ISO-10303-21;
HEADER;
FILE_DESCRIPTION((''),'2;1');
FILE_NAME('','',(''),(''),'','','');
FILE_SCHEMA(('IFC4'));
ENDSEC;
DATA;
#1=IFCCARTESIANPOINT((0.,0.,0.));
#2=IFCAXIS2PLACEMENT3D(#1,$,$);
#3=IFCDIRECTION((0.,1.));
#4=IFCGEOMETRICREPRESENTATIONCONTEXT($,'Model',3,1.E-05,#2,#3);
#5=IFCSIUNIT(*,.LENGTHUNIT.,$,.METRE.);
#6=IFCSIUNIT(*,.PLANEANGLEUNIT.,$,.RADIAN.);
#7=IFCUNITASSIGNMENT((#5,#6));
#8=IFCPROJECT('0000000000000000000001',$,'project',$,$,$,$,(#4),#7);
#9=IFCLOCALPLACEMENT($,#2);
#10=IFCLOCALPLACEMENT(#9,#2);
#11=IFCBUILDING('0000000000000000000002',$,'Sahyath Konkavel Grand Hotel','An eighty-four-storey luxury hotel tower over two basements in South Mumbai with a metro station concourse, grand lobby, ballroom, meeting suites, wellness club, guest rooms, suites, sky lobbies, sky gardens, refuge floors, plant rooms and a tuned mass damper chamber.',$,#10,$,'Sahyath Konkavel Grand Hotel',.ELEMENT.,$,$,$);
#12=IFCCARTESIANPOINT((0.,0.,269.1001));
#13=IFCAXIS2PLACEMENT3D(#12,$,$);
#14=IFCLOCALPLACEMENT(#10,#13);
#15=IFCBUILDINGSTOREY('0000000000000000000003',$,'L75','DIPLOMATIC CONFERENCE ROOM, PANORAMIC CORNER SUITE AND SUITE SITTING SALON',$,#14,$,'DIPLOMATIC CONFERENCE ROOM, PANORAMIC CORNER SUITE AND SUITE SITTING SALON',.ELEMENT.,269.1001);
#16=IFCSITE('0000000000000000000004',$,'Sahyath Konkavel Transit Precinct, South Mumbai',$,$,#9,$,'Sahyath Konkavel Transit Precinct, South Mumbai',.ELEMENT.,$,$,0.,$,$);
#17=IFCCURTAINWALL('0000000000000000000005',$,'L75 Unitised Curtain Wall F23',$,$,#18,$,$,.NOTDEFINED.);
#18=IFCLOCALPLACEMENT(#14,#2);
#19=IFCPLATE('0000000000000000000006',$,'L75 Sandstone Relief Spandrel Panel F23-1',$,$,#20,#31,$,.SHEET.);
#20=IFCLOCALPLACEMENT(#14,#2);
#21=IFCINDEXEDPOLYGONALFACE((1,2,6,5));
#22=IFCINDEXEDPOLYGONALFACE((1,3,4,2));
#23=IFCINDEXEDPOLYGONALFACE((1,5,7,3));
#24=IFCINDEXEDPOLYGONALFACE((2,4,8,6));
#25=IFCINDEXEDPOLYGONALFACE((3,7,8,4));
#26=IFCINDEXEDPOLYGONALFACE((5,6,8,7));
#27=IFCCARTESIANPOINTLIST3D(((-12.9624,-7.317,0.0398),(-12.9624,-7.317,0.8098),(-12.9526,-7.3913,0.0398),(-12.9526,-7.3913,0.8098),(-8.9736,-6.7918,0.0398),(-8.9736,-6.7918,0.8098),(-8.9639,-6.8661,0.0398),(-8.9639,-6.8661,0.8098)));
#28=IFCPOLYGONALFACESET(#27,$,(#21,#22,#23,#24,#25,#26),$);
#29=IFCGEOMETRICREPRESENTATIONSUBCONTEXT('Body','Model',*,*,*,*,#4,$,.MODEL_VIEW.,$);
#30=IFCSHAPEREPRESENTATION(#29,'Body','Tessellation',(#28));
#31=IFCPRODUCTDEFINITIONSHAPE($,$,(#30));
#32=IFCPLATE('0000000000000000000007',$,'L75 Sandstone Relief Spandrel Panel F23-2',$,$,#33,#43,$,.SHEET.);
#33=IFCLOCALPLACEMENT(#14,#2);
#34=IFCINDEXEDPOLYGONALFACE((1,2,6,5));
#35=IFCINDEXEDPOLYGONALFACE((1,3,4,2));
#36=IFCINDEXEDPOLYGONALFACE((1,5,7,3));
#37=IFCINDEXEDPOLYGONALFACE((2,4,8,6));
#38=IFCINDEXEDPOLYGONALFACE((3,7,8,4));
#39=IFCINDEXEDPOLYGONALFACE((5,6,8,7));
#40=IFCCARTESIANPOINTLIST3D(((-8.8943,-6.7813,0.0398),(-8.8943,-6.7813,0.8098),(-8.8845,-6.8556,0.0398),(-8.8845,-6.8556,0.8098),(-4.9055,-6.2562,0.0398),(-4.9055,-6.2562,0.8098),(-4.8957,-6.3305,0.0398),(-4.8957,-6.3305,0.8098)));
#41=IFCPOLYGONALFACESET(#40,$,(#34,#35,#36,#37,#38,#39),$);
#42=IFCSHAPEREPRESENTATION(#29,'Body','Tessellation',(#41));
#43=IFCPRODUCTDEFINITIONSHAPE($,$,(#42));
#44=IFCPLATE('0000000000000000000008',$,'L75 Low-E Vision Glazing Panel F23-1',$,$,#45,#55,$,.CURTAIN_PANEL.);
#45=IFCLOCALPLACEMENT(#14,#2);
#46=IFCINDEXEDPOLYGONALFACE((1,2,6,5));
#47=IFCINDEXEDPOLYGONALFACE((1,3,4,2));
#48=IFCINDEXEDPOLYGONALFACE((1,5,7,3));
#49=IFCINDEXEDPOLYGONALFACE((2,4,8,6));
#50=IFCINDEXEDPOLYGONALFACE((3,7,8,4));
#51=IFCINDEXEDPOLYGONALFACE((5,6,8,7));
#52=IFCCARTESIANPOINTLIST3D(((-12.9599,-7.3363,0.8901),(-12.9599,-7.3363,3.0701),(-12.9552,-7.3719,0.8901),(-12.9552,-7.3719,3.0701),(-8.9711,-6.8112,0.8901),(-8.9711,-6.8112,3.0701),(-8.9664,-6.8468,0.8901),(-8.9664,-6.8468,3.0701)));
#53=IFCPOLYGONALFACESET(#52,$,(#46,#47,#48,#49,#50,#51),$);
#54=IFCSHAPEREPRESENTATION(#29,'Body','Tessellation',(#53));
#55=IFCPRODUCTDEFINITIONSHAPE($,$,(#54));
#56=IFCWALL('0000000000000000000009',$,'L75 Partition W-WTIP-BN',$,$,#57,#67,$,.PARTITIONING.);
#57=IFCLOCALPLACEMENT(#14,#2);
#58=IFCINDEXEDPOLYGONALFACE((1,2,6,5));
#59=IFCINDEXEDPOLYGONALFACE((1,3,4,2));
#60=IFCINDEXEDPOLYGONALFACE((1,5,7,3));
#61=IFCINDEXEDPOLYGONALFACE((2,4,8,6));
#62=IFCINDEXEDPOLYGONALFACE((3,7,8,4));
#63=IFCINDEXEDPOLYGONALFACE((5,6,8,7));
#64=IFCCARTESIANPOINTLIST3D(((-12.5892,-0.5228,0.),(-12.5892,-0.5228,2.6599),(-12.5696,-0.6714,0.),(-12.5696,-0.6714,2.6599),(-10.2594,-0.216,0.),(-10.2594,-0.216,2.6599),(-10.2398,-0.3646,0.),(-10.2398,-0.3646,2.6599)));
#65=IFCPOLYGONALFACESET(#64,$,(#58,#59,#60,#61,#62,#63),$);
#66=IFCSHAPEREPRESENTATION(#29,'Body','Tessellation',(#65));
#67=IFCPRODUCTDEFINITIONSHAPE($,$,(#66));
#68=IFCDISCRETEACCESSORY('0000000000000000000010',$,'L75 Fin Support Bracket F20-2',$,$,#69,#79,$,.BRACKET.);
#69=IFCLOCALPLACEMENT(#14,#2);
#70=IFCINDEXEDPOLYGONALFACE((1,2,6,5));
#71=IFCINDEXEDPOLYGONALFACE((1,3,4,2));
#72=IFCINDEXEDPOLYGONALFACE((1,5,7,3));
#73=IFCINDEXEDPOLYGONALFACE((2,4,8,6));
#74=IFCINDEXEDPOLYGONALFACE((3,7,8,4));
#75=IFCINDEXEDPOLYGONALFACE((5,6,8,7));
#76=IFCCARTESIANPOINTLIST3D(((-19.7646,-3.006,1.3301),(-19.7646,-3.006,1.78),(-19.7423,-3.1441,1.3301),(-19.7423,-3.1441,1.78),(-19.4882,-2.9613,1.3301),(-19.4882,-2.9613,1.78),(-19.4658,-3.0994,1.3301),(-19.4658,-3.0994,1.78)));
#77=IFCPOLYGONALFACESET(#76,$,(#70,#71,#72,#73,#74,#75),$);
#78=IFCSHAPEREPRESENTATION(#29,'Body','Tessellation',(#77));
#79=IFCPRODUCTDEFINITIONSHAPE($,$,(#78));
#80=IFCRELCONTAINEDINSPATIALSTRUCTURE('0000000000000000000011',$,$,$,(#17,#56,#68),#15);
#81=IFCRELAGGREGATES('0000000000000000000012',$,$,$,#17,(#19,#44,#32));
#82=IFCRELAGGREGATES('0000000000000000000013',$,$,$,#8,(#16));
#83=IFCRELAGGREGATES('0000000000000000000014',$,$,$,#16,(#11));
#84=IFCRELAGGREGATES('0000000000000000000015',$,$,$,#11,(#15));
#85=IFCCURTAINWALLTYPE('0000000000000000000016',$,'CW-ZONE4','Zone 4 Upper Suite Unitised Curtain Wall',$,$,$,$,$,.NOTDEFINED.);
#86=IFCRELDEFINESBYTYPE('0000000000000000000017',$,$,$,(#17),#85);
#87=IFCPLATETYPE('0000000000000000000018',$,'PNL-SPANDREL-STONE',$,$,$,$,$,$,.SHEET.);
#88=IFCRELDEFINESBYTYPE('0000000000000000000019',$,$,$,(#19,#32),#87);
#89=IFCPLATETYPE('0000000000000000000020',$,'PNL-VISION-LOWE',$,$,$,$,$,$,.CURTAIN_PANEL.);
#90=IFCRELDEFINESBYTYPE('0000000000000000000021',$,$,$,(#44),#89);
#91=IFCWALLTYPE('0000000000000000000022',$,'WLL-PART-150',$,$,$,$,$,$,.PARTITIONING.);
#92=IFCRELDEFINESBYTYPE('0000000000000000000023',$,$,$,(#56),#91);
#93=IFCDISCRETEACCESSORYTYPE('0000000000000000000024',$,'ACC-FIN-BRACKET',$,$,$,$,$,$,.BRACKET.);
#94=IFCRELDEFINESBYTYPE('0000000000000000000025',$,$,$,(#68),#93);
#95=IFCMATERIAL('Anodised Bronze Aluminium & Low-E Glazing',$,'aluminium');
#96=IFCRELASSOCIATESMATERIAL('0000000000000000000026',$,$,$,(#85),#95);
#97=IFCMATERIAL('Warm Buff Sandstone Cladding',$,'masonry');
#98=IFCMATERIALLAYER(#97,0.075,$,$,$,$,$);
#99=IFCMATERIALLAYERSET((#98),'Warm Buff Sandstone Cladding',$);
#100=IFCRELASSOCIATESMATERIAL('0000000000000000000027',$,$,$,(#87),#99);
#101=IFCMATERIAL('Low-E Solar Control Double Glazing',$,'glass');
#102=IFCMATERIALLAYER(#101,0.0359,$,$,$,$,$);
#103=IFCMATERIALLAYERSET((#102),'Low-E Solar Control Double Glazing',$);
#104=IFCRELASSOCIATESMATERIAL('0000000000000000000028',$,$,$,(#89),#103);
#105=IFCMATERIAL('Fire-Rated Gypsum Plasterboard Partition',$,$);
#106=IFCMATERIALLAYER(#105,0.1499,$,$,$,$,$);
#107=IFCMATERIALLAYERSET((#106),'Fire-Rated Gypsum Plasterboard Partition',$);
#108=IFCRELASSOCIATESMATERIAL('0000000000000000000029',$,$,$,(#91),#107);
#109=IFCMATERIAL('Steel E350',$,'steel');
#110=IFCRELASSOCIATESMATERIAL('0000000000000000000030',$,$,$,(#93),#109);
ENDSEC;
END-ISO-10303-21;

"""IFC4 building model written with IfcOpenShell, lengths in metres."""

from ifc_helpers import new_model, si_unit, direction, frame, frame_2d, origin, origin_2d, place, context, subcontext, project, spatial, rectangle, extrude, source, transform, mapped, material, layer, layer_set, type_object, element, aggregate, save


model = new_model("IFC4")

# Units and contexts
model_context = context("Model", 3, precision=1e-05, world=origin(), true_north=direction((0.0, 1.0)))
body_context = subcontext(model_context, "Body", "Model", "MODEL_VIEW")
ifc_project = project(units=[si_unit("LENGTHUNIT", "METRE"), si_unit("PLANEANGLEUNIT", "RADIAN")], contexts=[model_context])

# Site, building, storey
site_placement = place(None, origin())
site = spatial("IfcSite", under=ifc_project, at=site_placement, Name="Sahyath Konkavel Transit Precinct, South Mumbai", LongName="Sahyath Konkavel Transit Precinct, South Mumbai", CompositionType="ELEMENT", RefElevation=0.0)
building_placement = place(site_placement, origin())
building = spatial("IfcBuilding", under=site, at=building_placement, Name="Sahyath Konkavel Grand Hotel", Description="An eighty-four-storey luxury hotel tower over two basements in South Mumbai with a metro station concourse, grand lobby, ballroom, meeting suites, wellness club, guest rooms, suites, sky lobbies, sky gardens, refuge floors, plant rooms and a tuned mass damper chamber.", LongName="Sahyath Konkavel Grand Hotel", CompositionType="ELEMENT")
storey_placement = place(building_placement, frame((0.0, 0.0, 269.1001)))
storey = spatial("IfcBuildingStorey", under=building, at=storey_placement, Name="L75", Description="DIPLOMATIC CONFERENCE ROOM, PANORAMIC CORNER SUITE AND SUITE SITTING SALON", LongName="DIPLOMATIC CONFERENCE ROOM, PANORAMIC CORNER SUITE AND SUITE SITTING SALON", CompositionType="ELEMENT", Elevation=269.1001)

# Shared definitions
ifc_material_1 = material(Name="Steel E350", Category="steel")

# Shared definitions
ifc_material_2 = material(Name="Anodised Bronze Aluminium & Low-E Glazing", Category="aluminium")
curtain_wall_type = type_object("IfcCurtainWallType", Name="CW-ZONE4", Description="Zone 4 Upper Suite Unitised Curtain Wall", PredefinedType="NOTDEFINED", material=ifc_material_2)

# Curtain wall
curtain_wall_1_placement = place(storey_placement, origin())
curtain_wall_1 = element("IfcCurtainWall", 1, at=curtain_wall_1_placement, inside=storey, type_object=curtain_wall_type, Name="L75 Unitised Curtain Wall F23", PredefinedType="NOTDEFINED")

# Plates
ifc_material_3 = material(Name="Warm Buff Sandstone Cladding", Category="masonry")
ifc_layer_1 = layer(ifc_material_3, 0.075)
ifc_layer_set_1 = layer_set([ifc_layer_1], Name="Warm Buff Sandstone Cladding")
plate_type_1 = type_object("IfcPlateType", Name="PNL-SPANDREL-STONE", PredefinedType="SHEET", material=ifc_layer_set_1)
ifc_material_4 = material(Name="Low-E Solar Control Double Glazing", Category="glass")
ifc_layer_2 = layer(ifc_material_4, 0.0359)
ifc_layer_set_2 = layer_set([ifc_layer_2], Name="Low-E Solar Control Double Glazing")
plate_type_2 = type_object("IfcPlateType", Name="PNL-VISION-LOWE", PredefinedType="CURTAIN_PANEL", material=ifc_layer_set_2)
shared_shape_1 = source(origin(), body_context, "Body", "SweptSolid", [
    extrude(rectangle(XDim=4.0232, YDim=0.075, at=origin_2d()), origin(), (0.0, 0.0, 1.0), 0.77),
])
plate_1_placement = place(storey_placement, frame((-10.9631, -7.0916, 0.0398), z_axis=(0.0, 0.0, 1.0), x_axis=(0.991445, 0.130526, 0.0)))
plate_1 = element("IfcPlate", 2, at=plate_1_placement, type_object=plate_type_1, Name="L75 Sandstone Relief Spandrel Panel F23-1", PredefinedType="SHEET", context=body_context, shape_type="MappedRepresentation", body=[
    mapped(shared_shape_1, transform((0.0, 0.0, 0.0), scale=1.0)),
])
plate_2_placement = place(storey_placement, frame((-6.895, -6.5559, 0.0398), z_axis=(0.0, 0.0, 1.0), x_axis=(0.991445, 0.130526, 0.0)))
plate_2 = element("IfcPlate", 3, at=plate_2_placement, type_object=plate_type_1, Name="L75 Sandstone Relief Spandrel Panel F23-2", PredefinedType="SHEET", context=body_context, shape_type="MappedRepresentation", body=[
    mapped(shared_shape_1, transform((0.0, 0.0, 0.0), scale=1.0)),
])
shared_shape_2 = source(origin(), body_context, "Body", "SweptSolid", [
    extrude(rectangle(XDim=4.0232, YDim=0.0359, at=origin_2d()), origin(), (0.0, 0.0, 1.0), 2.1799),
])
plate_3_placement = place(storey_placement, frame((-10.9631, -7.0916, 0.8901), z_axis=(0.0, 0.0, 1.0), x_axis=(0.991445, 0.130526, 0.0)))
plate_3 = element("IfcPlate", 4, at=plate_3_placement, type_object=plate_type_2, Name="L75 Low-E Vision Glazing Panel F23-1", PredefinedType="CURTAIN_PANEL", context=body_context, shape_type="MappedRepresentation", body=[
    mapped(shared_shape_2, transform((0.0, 0.0, 0.0), scale=1.0)),
])
aggregate(curtain_wall_1, [plate_1, plate_3, plate_2])

# Wall
ifc_material_5 = material(Name="Fire-Rated Gypsum Plasterboard Partition")
ifc_layer_3 = layer(ifc_material_5, 0.1499)
ifc_layer_set_3 = layer_set([ifc_layer_3], Name="Fire-Rated Gypsum Plasterboard Partition")
wall_type = type_object("IfcWallType", Name="WLL-PART-150", PredefinedType="PARTITIONING", material=ifc_layer_set_3)
wall_placement = place(storey_placement, frame((-10.2498, -0.2903, 0.0), z_axis=(0.0, 0.0, 1.0), x_axis=(-0.991436, -0.130592, 0.0)))
element("IfcWall", 5, at=wall_placement, inside=storey, type_object=wall_type, Name="L75 Partition W-WTIP-BN", PredefinedType="PARTITIONING", context=body_context, shape_type="SweptSolid", body=[
    extrude(rectangle(XDim=2.3499, YDim=0.1499, at=frame_2d((1.1748, 0.0))), origin(), (0.0, 0.0, 1.0), 2.6599),
])

# Discrete accessory
discrete_accessory_type = type_object("IfcDiscreteAccessoryType", Name="ACC-FIN-BRACKET", PredefinedType="BRACKET", material=ifc_material_1)
shared_shape_3 = source(origin(), body_context, "Body", "SweptSolid", [
    extrude(rectangle(XDim=0.28, YDim=0.1399, at=origin_2d()), origin(), (0.0, 0.0, 1.0), 0.45),
])
discrete_accessory_placement = place(storey_placement, frame((-19.6152, -3.0527, 1.3301), z_axis=(0.0, 0.0, 1.0), x_axis=(-0.987178, -0.159623, 0.0)))
element("IfcDiscreteAccessory", 6, at=discrete_accessory_placement, inside=storey, type_object=discrete_accessory_type, Name="L75 Fin Support Bracket F20-2", PredefinedType="BRACKET", context=body_context, shape_type="MappedRepresentation", body=[
    mapped(shared_shape_3, transform((0.0, 0.0, 0.0), scale=1.0)),
])

save(model, "model.ifc")
